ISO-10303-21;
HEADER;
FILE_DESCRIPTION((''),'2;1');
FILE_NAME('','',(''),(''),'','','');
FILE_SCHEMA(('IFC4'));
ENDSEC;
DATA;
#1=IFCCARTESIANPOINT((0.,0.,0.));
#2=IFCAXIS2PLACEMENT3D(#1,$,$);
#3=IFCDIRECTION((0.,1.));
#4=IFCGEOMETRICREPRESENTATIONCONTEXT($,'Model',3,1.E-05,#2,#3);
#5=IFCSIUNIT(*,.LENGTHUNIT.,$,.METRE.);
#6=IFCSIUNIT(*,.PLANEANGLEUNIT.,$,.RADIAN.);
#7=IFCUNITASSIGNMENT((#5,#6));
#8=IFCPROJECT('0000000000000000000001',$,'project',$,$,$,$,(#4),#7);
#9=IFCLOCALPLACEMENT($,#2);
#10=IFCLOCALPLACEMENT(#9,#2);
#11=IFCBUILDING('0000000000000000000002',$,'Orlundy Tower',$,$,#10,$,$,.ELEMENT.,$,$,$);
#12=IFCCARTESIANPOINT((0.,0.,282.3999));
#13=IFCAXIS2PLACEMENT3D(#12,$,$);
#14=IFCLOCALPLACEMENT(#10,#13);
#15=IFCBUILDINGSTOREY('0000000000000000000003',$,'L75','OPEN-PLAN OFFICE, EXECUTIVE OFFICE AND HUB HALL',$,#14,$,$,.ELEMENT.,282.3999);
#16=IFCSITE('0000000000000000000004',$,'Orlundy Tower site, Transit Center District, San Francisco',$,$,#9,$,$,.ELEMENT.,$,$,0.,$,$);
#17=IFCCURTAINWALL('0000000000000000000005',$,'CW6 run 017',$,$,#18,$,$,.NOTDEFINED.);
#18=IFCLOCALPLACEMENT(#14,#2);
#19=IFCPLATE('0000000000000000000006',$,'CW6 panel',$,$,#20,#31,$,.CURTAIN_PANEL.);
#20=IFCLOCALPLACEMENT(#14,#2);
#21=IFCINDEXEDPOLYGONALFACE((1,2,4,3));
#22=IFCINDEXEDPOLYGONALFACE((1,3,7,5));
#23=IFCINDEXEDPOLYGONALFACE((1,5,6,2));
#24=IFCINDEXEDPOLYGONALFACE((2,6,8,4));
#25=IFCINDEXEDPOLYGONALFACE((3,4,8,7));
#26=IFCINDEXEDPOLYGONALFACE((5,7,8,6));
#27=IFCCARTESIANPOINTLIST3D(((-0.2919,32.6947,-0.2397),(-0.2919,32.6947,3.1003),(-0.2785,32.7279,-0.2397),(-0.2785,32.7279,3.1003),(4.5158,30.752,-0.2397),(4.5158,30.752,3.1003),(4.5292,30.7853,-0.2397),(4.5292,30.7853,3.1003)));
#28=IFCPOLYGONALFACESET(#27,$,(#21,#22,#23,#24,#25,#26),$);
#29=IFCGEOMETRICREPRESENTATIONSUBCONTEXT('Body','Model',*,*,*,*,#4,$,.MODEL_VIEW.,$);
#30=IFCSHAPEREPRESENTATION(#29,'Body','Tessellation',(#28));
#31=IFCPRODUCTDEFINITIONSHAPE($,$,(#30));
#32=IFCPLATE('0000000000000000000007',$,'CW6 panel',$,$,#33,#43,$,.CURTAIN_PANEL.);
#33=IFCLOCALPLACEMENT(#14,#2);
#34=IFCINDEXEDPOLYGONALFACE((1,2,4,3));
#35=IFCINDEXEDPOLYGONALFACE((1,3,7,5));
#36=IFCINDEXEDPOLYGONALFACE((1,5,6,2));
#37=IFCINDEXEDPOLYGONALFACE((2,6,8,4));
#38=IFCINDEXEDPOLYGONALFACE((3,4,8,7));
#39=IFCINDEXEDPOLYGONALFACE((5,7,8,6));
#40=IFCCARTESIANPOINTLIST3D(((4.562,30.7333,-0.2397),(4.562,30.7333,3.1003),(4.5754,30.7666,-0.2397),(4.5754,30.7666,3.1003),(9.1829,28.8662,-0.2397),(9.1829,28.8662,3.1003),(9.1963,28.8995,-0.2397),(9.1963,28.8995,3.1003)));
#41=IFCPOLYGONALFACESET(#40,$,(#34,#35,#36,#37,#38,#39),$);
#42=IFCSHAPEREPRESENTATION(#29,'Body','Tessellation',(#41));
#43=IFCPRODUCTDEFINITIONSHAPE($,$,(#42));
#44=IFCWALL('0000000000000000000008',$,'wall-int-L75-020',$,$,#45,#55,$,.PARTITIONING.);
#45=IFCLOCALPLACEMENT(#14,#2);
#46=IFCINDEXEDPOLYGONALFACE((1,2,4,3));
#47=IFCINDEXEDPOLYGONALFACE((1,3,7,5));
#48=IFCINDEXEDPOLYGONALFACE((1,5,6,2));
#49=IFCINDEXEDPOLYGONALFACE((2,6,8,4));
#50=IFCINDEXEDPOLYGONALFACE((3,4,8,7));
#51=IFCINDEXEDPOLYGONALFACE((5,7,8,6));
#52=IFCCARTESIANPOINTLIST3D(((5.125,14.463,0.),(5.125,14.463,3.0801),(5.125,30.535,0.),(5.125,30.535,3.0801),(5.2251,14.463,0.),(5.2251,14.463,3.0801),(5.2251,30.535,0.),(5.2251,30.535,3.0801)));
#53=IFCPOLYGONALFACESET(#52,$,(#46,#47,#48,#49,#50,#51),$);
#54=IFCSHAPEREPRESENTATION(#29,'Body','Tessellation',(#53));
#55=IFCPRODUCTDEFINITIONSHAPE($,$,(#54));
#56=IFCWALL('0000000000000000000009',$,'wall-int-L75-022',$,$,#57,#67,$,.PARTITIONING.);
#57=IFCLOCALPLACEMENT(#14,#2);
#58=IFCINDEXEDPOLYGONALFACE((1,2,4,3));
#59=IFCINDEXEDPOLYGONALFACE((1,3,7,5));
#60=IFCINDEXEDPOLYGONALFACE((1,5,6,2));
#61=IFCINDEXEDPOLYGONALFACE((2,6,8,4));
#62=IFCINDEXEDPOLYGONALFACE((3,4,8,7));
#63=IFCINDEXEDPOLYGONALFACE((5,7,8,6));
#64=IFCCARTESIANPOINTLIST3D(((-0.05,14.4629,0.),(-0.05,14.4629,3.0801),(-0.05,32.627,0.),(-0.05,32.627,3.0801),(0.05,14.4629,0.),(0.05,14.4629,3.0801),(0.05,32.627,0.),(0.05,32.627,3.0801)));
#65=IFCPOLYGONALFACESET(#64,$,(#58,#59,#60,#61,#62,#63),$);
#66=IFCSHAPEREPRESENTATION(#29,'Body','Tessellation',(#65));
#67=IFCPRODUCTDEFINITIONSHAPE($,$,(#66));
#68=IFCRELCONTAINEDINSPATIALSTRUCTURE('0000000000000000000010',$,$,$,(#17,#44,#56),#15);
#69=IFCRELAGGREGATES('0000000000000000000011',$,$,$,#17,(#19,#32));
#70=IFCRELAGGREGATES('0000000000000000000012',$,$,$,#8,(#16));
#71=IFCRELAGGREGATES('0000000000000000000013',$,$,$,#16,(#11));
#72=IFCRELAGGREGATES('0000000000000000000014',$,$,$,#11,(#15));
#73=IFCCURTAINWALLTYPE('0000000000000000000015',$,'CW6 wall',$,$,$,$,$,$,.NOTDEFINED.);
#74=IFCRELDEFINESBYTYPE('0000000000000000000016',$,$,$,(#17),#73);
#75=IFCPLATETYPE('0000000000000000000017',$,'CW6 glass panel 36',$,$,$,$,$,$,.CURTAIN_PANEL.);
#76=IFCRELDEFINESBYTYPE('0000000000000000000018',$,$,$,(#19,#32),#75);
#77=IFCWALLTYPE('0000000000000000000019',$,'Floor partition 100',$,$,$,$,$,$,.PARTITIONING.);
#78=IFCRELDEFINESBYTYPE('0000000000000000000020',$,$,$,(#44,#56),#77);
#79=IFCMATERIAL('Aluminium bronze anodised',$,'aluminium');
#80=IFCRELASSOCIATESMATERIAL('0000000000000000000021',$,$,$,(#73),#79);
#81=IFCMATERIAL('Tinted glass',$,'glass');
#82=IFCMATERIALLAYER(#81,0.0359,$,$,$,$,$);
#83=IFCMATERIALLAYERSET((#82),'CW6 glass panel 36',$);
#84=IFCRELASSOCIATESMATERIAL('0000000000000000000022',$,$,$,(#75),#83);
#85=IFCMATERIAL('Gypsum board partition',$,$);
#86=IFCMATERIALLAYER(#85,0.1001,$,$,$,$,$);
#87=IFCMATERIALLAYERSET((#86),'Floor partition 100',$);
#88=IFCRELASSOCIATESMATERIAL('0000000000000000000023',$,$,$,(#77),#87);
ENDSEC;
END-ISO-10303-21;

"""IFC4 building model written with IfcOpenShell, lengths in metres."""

from ifc_helpers import new_model, si_unit, direction, frame, frame_2d, origin, origin_2d, place, context, subcontext, project, spatial, rectangle, extrude, material, layer, layer_set, type_object, element, aggregate, save


model = new_model("IFC4")

# Units and contexts
model_context = context("Model", 3, precision=1e-05, world=origin(), true_north=direction((0.0, 1.0)))
body_context = subcontext(model_context, "Body", "Model", "MODEL_VIEW")
ifc_project = project(units=[si_unit("LENGTHUNIT", "METRE"), si_unit("PLANEANGLEUNIT", "RADIAN")], contexts=[model_context])

# Site, building, storey
site_placement = place(None, origin())
site = spatial("IfcSite", under=ifc_project, at=site_placement, Name="Orlundy Tower site, Transit Center District, San Francisco", CompositionType="ELEMENT", RefElevation=0.0)
building_placement = place(site_placement, origin())
building = spatial("IfcBuilding", under=site, at=building_placement, Name="Orlundy Tower", CompositionType="ELEMENT")
storey_placement = place(building_placement, frame((0.0, 0.0, 282.3999)))
storey = spatial("IfcBuildingStorey", under=building, at=storey_placement, Name="L75", Description="OPEN-PLAN OFFICE, EXECUTIVE OFFICE AND HUB HALL", CompositionType="ELEMENT", Elevation=282.3999)

# Curtain wall
ifc_material_1 = material(Name="Aluminium bronze anodised", Category="aluminium")
curtain_wall_type = type_object("IfcCurtainWallType", Name="CW6 wall", PredefinedType="NOTDEFINED", material=ifc_material_1)
curtain_wall_1_placement = place(storey_placement, origin())
curtain_wall_1 = element("IfcCurtainWall", 1, at=curtain_wall_1_placement, inside=storey, type_object=curtain_wall_type, Name="CW6 run 017", PredefinedType="NOTDEFINED")

# Plates
ifc_material_2 = material(Name="Tinted glass", Category="glass")
ifc_layer_1 = layer(ifc_material_2, 0.0359)
ifc_layer_set_1 = layer_set([ifc_layer_1], Name="CW6 glass panel 36")
plate_type = type_object("IfcPlateType", Name="CW6 glass panel 36", PredefinedType="CURTAIN_PANEL", material=ifc_layer_set_1)
plate_1_placement = place(storey_placement, frame((2.1187, 31.74, -0.2397), z_axis=(0.0, 0.0, 1.0), x_axis=(0.927171, -0.374639, 0.0)))
plate_1 = element("IfcPlate", 2, at=plate_1_placement, type_object=plate_type, Name="CW6 panel", PredefinedType="CURTAIN_PANEL", context=body_context, shape_type="SweptSolid", body=[
    extrude(rectangle(XDim=5.1853, YDim=0.0359, at=origin_2d()), origin(), (0.0, 0.0, 1.0), 3.3401),
])
plate_2_placement = place(storey_placement, frame((6.8792, 29.8164, -0.2397), z_axis=(0.0, 0.0, 1.0), x_axis=(0.927171, -0.374639, 0.0)))
plate_2 = element("IfcPlate", 3, at=plate_2_placement, type_object=plate_type, Name="CW6 panel", PredefinedType="CURTAIN_PANEL", context=body_context, shape_type="SweptSolid", body=[
    extrude(rectangle(XDim=4.9839, YDim=0.0359, at=origin_2d()), origin(), (0.0, 0.0, 1.0), 3.3401),
])
aggregate(curtain_wall_1, [plate_1, plate_2])

# Walls
ifc_material_3 = material(Name="Gypsum board partition")
ifc_layer_2 = layer(ifc_material_3, 0.1001)
ifc_layer_set_2 = layer_set([ifc_layer_2], Name="Floor partition 100")
wall_type = type_object("IfcWallType", Name="Floor partition 100", PredefinedType="PARTITIONING", material=ifc_layer_set_2)
wall_1_placement = place(storey_placement, frame((5.175, 14.4629, 0.0), z_axis=(0.0, 0.0, 1.0), x_axis=(0.0, 1.0, 0.0)))
element("IfcWall", 4, at=wall_1_placement, inside=storey, type_object=wall_type, Name="wall-int-L75-020", PredefinedType="PARTITIONING", context=body_context, shape_type="SweptSolid", body=[
    extrude(rectangle(XDim=16.072, YDim=0.1001, at=frame_2d((8.0361, 0.0))), origin(), (0.0, 0.0, 1.0), 3.0801),
])
wall_2_placement = place(storey_placement, frame((0.0, 14.4629, 0.0), z_axis=(0.0, 0.0, 1.0), x_axis=(0.0, 1.0, 0.0)))
element("IfcWall", 5, at=wall_2_placement, inside=storey, type_object=wall_type, Name="wall-int-L75-022", PredefinedType="PARTITIONING", context=body_context, shape_type="SweptSolid", body=[
    extrude(rectangle(XDim=18.1641, YDim=0.1001, at=frame_2d((9.082, 0.0))), origin(), (0.0, 0.0, 1.0), 3.0801),
])

save(model, "model.ifc")
